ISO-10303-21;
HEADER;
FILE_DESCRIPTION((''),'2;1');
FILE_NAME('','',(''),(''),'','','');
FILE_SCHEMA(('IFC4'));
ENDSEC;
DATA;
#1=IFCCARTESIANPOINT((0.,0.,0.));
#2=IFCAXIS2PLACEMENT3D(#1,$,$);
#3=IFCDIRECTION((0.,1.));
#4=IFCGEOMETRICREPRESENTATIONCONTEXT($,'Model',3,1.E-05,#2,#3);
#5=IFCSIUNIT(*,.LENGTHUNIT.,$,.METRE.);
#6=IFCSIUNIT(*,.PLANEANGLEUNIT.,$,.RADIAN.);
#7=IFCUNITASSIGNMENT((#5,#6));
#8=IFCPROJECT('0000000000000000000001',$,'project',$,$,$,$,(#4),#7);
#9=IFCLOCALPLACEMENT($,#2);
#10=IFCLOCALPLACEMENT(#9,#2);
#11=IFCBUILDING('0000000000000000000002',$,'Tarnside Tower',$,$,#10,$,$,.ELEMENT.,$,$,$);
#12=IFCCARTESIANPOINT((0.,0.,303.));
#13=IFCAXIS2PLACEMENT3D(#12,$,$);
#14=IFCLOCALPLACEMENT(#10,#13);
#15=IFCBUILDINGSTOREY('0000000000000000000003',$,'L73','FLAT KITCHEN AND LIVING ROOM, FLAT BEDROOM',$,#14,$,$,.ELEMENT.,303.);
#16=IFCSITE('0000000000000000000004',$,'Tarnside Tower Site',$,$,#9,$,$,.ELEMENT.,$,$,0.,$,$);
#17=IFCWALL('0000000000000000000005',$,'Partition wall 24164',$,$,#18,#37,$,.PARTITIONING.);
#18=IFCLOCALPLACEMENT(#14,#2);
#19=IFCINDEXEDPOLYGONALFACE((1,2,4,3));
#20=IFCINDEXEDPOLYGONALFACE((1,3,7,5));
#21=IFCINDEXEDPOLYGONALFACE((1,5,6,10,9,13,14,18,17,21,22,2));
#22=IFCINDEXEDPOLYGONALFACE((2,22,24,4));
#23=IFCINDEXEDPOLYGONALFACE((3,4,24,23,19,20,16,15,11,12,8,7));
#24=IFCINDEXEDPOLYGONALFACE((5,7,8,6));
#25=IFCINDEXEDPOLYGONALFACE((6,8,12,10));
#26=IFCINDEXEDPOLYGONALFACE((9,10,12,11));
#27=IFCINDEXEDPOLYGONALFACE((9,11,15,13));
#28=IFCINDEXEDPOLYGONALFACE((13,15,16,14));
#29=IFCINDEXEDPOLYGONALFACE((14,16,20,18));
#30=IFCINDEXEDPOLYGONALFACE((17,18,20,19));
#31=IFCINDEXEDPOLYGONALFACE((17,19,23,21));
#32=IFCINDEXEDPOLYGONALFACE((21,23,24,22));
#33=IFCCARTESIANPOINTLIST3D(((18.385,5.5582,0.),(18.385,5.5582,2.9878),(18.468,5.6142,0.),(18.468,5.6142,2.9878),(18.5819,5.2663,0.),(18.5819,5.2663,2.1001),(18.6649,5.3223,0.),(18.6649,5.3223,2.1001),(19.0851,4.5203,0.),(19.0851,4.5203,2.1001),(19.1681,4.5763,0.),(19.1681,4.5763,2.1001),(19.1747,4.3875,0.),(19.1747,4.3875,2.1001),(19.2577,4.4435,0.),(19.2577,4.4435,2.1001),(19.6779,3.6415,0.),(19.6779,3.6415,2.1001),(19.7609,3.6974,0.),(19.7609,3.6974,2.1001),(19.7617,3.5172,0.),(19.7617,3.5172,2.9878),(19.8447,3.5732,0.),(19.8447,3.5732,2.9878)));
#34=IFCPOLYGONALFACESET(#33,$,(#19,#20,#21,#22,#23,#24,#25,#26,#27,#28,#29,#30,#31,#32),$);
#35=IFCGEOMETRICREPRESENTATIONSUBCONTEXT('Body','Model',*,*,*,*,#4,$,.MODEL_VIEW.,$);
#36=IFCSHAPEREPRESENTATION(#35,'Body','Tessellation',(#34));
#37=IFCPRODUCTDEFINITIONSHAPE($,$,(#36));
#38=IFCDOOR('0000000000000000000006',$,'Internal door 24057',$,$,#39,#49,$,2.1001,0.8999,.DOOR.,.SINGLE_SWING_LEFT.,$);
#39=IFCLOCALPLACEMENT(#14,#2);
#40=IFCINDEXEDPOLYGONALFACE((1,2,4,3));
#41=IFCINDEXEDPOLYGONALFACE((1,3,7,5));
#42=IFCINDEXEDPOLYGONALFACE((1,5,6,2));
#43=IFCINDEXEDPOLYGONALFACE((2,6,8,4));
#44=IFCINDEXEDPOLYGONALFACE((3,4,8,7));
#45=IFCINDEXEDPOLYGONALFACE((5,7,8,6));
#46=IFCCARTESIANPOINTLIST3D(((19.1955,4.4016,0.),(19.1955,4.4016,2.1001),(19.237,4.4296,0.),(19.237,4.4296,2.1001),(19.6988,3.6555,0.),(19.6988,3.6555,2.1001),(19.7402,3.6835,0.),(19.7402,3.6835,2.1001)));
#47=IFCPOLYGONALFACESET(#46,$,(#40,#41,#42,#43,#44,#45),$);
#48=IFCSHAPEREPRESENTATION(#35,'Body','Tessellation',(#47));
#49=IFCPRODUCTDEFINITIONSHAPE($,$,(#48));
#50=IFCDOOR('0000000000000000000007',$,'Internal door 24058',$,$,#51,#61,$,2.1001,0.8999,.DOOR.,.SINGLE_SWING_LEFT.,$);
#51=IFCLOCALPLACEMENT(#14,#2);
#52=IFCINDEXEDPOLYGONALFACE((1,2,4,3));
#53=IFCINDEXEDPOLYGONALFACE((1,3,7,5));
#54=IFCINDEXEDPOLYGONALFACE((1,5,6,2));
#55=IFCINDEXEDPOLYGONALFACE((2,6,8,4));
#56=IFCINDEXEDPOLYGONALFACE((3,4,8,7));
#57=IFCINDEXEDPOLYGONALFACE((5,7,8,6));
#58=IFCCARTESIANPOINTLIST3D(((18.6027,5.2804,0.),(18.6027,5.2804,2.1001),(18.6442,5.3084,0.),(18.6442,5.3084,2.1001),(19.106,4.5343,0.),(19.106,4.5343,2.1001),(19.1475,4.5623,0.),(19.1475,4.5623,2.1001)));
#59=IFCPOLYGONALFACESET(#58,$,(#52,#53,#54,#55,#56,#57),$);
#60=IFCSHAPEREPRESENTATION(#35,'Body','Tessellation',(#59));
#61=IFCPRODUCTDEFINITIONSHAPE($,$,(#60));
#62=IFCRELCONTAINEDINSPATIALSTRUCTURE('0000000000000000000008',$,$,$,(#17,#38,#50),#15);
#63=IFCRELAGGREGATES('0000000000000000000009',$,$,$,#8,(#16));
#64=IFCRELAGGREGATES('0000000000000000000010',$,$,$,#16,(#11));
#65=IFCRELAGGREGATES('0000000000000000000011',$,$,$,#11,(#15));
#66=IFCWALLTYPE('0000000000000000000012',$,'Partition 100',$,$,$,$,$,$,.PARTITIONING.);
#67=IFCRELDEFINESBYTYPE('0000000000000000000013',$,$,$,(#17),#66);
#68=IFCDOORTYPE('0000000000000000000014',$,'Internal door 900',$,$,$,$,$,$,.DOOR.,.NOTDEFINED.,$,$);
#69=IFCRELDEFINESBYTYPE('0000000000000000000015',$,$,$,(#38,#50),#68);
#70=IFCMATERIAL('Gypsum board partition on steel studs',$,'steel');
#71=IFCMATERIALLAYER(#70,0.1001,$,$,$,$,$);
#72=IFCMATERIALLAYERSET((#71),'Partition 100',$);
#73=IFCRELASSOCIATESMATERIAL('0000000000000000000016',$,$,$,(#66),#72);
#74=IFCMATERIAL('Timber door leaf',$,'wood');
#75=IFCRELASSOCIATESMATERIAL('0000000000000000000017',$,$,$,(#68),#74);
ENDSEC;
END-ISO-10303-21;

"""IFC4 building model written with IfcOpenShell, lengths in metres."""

from ifc_helpers import new_model, si_unit, direction, frame, frame_2d, origin, place, context, subcontext, project, spatial, rectangle, extrude, material, layer, layer_set, type_object, element, fill, save


model = new_model("IFC4")

# Units and contexts
model_context = context("Model", 3, precision=1e-05, world=origin(), true_north=direction((0.0, 1.0)))
body_context = subcontext(model_context, "Body", "Model", "MODEL_VIEW")
ifc_project = project(units=[si_unit("LENGTHUNIT", "METRE"), si_unit("PLANEANGLEUNIT", "RADIAN")], contexts=[model_context])

# Site, building, storey
site_placement = place(None, origin())
site = spatial("IfcSite", under=ifc_project, at=site_placement, Name="Tarnside Tower Site", CompositionType="ELEMENT", RefElevation=0.0)
building_placement = place(site_placement, origin())
building = spatial("IfcBuilding", under=site, at=building_placement, Name="Tarnside Tower", CompositionType="ELEMENT")
storey_placement = place(building_placement, frame((0.0, 0.0, 303.0)))
storey = spatial("IfcBuildingStorey", under=building, at=storey_placement, Name="L73", Description="FLAT KITCHEN AND LIVING ROOM, FLAT BEDROOM", CompositionType="ELEMENT", Elevation=303.0)

# Shared definitions
ifc_material_1 = material(Name="Gypsum board partition on steel studs", Category="steel")

# Shared definitions
ifc_material_2 = material(Name="Timber door leaf", Category="wood")

# Shared definitions
ifc_layer_1 = layer(ifc_material_1, 0.1001)
ifc_layer_set_1 = layer_set([ifc_layer_1], Name="Partition 100")
wall_type_1 = type_object("IfcWallType", Name="Partition 100", PredefinedType="PARTITIONING", material=ifc_layer_set_1)
door_type_1 = type_object("IfcDoorType", Name="Internal door 900", OperationType="NOTDEFINED", PredefinedType="DOOR", material=ifc_material_2)

# Wall, openings, doors
wall_1_placement = place(storey_placement, frame((19.8032, 3.5452, 0.0), z_axis=(0.0, 0.0, 1.0), x_axis=(-0.5592, 0.829033, 0.0)))
wall_1 = element("IfcWall", 1, at=wall_1_placement, inside=storey, type_object=wall_type_1, Name="Partition wall 24164", PredefinedType="PARTITIONING", context=body_context, shape_type="SweptSolid", body=[
    extrude(rectangle(XDim=2.4619, YDim=0.1001, at=frame_2d((1.231, 0.0))), origin(), (0.0, 0.0, 1.0), 2.9878),
])
opening_1_placement = place(wall_1_placement, frame((0.1499, 0.0, 0.0)))
opening_1 = element("IfcOpeningElement", 2, at=opening_1_placement, cuts=wall_1, PredefinedType="OPENING", context=body_context, shape_type="SweptSolid", body=[
    extrude(rectangle(XDim=0.8999, YDim=2.1001, at=frame_2d((0.45, 1.05))), frame((0.0, 0.0601, 0.0), z_axis=(0.0, -1.0, 0.0), x_axis=(1.0, 0.0, 0.0)), (0.0, 0.0, 1.0), 0.1201),
])
opening_2_placement = place(wall_1_placement, frame((1.21, 0.0, 0.0)))
opening_2 = element("IfcOpeningElement", 3, at=opening_2_placement, cuts=wall_1, PredefinedType="OPENING", context=body_context, shape_type="SweptSolid", body=[
    extrude(rectangle(XDim=0.8999, YDim=2.1001, at=frame_2d((0.45, 1.05))), frame((0.0, 0.0601, 0.0), z_axis=(0.0, -1.0, 0.0), x_axis=(1.0, 0.0, 0.0)), (0.0, 0.0, 1.0), 0.1201),
])
door_1_placement = place(opening_1_placement, origin())
door_1 = element("IfcDoor", 4, at=door_1_placement, inside=storey, type_object=door_type_1, Name="Internal door 24057", OperationType="SINGLE_SWING_LEFT", OverallHeight=2.1001, OverallWidth=0.8999, PredefinedType="DOOR", context=body_context, shape_type="SweptSolid", body=[
    extrude(rectangle(XDim=0.8999, YDim=2.1001, at=frame_2d((0.45, 1.05))), frame((0.0, 0.0249, 0.0), z_axis=(0.0, -1.0, 0.0), x_axis=(1.0, 0.0, 0.0)), (0.0, 0.0, 1.0), 0.05),
])
fill(opening_1, door_1)
door_2_placement = place(opening_2_placement, origin())
door_2 = element("IfcDoor", 5, at=door_2_placement, inside=storey, type_object=door_type_1, Name="Internal door 24058", OperationType="SINGLE_SWING_LEFT", OverallHeight=2.1001, OverallWidth=0.8999, PredefinedType="DOOR", context=body_context, shape_type="SweptSolid", body=[
    extrude(rectangle(XDim=0.8999, YDim=2.1001, at=frame_2d((0.45, 1.05))), frame((0.0, 0.0249, 0.0), z_axis=(0.0, -1.0, 0.0), x_axis=(1.0, 0.0, 0.0)), (0.0, 0.0, 1.0), 0.05),
])
fill(opening_2, door_2)

save(model, "model.ifc")
